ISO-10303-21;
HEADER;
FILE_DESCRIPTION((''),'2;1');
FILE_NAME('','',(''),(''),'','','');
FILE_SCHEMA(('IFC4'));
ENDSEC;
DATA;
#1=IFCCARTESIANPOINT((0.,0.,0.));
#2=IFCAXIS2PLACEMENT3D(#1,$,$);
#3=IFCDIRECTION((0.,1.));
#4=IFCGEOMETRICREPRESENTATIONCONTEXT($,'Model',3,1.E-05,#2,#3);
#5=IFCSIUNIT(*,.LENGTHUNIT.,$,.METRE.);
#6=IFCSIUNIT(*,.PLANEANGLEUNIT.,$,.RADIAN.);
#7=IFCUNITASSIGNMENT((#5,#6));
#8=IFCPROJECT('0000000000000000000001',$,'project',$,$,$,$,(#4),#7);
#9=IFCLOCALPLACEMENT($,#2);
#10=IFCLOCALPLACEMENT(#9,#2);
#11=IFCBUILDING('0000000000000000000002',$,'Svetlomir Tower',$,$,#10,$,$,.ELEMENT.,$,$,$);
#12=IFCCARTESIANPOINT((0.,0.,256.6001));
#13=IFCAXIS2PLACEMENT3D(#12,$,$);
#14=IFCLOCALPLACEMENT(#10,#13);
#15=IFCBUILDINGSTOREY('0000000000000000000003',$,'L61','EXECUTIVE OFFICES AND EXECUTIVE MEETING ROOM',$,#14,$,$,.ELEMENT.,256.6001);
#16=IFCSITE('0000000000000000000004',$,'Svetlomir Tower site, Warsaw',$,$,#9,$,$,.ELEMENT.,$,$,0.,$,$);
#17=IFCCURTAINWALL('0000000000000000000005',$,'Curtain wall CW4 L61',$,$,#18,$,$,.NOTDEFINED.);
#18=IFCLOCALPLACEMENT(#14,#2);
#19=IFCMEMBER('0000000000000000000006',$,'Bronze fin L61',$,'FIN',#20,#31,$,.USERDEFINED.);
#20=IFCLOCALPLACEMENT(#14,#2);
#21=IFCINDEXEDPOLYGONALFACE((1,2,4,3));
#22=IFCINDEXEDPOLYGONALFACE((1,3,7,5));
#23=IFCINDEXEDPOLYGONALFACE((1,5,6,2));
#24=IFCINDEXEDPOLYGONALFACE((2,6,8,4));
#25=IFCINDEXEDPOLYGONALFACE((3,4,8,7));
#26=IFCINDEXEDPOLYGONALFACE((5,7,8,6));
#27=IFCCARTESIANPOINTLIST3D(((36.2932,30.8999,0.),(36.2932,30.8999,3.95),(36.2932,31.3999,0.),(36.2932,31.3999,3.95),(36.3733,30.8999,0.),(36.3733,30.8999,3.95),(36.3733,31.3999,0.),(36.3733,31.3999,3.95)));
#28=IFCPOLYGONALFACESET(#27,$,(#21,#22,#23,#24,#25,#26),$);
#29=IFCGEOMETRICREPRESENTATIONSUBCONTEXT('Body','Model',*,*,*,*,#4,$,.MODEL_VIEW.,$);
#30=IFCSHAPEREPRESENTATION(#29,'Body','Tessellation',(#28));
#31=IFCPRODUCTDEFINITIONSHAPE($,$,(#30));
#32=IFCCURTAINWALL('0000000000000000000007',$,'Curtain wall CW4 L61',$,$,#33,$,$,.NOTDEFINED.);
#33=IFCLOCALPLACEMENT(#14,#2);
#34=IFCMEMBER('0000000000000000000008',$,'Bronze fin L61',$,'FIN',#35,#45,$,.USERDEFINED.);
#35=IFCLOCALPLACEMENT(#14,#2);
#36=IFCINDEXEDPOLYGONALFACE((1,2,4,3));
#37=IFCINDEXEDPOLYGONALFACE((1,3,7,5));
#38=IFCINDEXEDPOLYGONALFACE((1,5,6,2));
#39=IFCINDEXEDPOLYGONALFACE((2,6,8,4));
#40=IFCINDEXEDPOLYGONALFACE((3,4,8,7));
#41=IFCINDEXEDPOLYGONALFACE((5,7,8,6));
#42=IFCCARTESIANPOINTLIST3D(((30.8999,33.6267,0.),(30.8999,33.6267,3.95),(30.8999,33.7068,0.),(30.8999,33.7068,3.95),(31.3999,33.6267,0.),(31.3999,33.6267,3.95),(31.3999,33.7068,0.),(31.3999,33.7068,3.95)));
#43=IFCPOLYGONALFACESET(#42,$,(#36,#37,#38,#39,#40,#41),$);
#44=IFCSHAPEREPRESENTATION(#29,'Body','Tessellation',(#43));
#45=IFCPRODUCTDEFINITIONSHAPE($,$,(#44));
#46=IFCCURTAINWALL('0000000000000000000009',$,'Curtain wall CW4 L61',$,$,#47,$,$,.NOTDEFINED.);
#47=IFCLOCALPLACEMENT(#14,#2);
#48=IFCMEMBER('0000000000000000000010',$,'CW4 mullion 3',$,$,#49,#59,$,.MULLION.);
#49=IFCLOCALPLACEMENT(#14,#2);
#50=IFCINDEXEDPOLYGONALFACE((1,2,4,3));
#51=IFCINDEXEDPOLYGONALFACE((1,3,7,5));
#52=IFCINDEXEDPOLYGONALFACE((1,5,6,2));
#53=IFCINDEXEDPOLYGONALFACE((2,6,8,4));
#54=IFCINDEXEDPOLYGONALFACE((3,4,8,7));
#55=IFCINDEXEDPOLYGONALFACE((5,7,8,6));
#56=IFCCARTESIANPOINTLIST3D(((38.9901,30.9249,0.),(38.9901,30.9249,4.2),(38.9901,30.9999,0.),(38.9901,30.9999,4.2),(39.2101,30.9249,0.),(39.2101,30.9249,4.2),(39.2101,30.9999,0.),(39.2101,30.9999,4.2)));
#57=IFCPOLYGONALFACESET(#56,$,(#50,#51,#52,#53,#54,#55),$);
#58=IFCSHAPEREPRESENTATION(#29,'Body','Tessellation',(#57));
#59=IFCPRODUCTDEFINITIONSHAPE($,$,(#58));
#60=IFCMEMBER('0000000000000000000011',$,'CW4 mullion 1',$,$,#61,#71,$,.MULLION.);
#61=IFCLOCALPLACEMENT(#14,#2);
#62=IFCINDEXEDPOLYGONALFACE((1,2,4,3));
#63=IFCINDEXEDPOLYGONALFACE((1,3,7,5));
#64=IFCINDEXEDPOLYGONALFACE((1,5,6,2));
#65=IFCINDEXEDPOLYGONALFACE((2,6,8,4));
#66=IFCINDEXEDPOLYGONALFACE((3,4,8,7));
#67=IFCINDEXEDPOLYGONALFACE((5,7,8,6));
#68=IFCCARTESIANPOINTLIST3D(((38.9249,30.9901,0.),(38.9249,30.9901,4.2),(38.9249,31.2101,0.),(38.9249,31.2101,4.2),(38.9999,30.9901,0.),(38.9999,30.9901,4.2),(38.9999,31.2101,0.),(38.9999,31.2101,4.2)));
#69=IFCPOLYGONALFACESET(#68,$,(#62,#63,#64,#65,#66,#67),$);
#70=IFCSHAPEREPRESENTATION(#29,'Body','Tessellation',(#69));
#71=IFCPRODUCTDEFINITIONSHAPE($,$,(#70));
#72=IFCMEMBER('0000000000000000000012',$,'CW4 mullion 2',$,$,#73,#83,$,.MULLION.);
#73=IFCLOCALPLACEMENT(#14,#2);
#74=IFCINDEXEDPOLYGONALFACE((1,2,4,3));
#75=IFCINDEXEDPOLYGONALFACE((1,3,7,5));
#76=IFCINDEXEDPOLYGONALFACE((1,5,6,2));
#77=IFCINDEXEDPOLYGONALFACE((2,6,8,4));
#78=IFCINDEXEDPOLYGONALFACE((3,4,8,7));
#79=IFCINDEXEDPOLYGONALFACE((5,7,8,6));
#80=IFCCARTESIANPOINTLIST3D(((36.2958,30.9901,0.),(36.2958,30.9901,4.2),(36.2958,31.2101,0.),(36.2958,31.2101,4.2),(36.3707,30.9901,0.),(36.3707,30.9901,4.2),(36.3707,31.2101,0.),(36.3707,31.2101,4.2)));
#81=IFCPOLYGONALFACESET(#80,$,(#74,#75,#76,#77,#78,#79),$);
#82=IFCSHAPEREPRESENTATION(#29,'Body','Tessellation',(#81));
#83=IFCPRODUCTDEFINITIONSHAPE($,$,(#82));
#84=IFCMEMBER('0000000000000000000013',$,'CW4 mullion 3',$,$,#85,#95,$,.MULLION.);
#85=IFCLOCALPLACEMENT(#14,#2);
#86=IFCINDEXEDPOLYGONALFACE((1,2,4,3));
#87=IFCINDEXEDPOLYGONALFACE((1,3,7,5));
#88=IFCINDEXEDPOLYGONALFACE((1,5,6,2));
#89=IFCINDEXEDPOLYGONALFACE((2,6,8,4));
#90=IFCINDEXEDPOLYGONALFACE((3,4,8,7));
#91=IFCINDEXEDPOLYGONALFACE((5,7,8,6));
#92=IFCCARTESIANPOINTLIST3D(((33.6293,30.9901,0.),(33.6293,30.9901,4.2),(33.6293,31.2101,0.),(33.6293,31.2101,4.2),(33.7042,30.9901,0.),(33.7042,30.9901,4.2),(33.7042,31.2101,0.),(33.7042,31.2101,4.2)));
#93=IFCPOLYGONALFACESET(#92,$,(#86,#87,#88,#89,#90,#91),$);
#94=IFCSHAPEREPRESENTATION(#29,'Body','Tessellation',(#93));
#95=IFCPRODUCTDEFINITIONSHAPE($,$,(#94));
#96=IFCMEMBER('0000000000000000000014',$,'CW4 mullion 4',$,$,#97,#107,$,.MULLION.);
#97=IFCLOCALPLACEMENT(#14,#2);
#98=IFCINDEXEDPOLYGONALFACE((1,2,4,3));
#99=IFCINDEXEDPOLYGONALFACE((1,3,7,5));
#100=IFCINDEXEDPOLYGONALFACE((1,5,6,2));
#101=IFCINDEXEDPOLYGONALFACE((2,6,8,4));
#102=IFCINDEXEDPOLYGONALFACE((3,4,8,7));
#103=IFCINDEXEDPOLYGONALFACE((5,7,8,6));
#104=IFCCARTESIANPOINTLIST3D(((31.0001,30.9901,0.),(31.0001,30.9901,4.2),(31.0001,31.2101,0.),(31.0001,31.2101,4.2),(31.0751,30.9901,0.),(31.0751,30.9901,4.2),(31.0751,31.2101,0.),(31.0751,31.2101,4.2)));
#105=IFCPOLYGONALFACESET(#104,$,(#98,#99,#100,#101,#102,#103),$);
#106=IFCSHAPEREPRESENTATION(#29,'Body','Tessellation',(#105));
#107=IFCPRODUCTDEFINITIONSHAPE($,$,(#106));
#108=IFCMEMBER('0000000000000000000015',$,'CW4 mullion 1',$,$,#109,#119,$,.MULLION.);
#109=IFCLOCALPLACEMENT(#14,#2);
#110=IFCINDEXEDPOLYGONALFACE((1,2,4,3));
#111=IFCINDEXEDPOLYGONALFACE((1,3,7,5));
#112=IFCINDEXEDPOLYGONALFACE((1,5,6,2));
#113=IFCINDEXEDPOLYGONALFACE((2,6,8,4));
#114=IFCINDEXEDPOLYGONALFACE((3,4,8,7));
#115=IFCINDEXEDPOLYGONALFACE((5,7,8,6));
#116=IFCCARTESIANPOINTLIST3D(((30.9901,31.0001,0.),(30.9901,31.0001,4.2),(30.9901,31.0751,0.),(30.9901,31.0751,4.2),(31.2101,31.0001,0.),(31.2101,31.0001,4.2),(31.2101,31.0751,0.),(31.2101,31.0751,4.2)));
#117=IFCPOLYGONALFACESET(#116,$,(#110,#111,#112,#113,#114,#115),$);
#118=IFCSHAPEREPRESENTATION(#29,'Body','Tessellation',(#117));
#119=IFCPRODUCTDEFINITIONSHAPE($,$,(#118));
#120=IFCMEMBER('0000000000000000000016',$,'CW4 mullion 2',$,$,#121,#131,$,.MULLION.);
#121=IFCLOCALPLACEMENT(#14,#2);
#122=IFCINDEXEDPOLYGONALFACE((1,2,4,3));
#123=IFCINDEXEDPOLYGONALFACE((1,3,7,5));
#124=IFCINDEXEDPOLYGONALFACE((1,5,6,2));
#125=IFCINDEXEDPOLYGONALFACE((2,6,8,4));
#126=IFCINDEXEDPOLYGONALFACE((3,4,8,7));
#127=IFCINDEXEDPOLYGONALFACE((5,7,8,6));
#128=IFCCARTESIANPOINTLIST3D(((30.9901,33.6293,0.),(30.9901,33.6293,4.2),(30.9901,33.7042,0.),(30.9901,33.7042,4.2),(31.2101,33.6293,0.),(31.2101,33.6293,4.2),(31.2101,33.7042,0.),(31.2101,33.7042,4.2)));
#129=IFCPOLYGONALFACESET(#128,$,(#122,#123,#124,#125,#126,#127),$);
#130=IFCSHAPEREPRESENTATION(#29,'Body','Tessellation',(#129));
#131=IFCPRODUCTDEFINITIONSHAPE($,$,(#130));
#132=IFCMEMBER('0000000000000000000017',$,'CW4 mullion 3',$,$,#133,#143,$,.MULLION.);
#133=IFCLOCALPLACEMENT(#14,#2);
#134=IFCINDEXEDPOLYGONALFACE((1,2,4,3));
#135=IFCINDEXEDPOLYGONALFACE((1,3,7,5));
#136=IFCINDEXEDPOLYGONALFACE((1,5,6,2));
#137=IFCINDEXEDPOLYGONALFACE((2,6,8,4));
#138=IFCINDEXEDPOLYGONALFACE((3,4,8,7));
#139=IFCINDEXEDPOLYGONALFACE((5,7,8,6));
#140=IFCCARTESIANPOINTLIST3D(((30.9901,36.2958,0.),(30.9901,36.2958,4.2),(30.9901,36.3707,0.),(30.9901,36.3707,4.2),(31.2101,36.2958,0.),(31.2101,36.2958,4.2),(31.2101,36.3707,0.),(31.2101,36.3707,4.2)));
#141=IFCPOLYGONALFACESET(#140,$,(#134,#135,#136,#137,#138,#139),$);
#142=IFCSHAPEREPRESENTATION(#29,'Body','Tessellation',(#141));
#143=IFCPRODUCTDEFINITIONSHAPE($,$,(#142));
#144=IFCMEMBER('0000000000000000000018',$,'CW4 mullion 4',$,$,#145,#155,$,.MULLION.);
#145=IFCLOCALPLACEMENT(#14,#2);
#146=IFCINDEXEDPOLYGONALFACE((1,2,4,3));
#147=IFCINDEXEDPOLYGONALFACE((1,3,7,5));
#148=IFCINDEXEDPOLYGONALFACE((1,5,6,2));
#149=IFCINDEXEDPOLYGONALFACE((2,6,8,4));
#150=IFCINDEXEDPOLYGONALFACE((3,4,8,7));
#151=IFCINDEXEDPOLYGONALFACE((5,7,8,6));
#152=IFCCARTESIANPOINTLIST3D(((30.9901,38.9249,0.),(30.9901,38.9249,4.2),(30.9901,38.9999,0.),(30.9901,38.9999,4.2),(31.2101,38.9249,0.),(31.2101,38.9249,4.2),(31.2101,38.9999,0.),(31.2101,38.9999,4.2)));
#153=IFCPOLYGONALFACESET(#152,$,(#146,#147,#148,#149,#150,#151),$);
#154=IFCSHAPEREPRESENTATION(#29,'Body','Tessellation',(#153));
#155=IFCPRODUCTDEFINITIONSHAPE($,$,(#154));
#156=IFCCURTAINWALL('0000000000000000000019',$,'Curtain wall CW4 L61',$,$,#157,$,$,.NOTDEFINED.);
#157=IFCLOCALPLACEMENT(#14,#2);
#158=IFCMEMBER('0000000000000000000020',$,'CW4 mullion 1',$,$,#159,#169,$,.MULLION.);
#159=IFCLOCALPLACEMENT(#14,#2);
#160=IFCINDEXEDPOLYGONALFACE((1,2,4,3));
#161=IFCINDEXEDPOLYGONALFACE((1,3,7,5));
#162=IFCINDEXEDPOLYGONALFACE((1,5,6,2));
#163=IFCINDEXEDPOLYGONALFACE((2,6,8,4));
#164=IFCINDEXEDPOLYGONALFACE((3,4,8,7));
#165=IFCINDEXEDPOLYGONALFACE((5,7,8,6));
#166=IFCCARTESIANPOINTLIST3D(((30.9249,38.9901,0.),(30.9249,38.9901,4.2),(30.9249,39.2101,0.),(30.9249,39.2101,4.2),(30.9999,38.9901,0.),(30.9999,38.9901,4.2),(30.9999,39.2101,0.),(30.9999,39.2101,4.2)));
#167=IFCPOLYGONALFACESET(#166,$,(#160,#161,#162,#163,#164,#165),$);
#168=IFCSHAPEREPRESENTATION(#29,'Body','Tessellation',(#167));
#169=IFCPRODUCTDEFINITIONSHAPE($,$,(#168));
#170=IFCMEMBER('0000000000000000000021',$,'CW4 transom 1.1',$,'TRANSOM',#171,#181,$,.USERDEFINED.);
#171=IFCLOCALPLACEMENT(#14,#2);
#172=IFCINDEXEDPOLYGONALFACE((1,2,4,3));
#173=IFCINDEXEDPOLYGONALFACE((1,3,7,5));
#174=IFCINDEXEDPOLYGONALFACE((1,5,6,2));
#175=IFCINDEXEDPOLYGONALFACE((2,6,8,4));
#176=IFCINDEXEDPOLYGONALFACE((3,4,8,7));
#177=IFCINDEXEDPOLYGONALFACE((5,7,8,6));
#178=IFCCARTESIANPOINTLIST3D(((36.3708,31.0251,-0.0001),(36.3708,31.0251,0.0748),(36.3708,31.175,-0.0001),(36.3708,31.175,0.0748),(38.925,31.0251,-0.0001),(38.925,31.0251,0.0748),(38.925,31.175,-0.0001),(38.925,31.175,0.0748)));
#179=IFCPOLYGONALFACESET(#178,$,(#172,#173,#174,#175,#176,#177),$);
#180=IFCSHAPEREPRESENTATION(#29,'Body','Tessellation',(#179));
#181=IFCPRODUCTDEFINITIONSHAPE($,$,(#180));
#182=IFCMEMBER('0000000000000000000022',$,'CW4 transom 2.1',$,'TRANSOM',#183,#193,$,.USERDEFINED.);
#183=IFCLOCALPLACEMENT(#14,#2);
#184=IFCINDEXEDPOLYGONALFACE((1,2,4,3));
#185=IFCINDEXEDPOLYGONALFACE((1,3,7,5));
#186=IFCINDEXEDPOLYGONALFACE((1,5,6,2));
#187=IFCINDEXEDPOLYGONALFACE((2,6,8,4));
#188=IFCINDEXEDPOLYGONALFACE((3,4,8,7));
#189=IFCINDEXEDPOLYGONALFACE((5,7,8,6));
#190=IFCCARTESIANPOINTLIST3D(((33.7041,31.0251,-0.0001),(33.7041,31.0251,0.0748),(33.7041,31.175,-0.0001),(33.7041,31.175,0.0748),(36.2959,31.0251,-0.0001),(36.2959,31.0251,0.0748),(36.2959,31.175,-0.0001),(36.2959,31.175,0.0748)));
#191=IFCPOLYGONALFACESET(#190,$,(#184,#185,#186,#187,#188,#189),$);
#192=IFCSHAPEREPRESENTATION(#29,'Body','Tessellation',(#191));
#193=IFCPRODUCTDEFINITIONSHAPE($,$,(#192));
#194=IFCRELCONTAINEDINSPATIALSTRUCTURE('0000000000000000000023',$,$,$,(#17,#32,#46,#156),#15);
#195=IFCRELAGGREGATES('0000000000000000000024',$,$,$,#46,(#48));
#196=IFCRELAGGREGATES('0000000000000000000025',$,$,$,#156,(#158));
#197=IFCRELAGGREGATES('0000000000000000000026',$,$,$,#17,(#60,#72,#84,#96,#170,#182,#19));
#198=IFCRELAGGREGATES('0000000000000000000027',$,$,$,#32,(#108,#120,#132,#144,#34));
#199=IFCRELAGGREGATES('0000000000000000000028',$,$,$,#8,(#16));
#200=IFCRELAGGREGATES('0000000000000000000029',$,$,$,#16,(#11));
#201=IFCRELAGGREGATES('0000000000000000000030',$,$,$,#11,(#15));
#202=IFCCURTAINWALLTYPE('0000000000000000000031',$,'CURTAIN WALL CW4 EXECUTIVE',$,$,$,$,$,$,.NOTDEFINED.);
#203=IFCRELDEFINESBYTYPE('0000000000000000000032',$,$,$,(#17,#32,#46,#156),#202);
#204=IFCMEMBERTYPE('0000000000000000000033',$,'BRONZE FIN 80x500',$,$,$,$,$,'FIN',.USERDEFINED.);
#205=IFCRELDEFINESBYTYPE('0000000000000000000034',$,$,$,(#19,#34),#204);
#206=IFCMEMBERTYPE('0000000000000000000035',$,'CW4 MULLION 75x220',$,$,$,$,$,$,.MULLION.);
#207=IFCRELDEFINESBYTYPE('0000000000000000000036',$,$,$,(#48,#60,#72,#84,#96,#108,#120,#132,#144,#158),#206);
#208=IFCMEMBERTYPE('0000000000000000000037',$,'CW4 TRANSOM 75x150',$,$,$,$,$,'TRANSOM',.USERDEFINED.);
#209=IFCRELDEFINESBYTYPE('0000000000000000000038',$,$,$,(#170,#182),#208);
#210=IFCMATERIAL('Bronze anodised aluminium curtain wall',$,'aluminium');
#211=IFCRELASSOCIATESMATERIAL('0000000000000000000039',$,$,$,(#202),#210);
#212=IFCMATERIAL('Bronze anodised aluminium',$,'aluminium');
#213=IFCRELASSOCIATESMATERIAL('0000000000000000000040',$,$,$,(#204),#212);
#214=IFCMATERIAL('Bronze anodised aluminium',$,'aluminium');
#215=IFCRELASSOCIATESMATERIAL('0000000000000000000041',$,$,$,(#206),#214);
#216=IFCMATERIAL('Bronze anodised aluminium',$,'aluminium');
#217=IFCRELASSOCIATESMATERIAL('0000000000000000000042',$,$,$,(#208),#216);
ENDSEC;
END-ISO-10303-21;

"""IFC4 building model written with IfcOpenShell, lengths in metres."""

from ifc_helpers import new_model, si_unit, direction, frame, origin, origin_2d, place, context, subcontext, project, spatial, rectangle, extrude, material, material_profile, profile_set, type_object, element, aggregate, save


model = new_model("IFC4")

# Units and contexts
model_context = context("Model", 3, precision=1e-05, world=origin(), true_north=direction((0.0, 1.0)))
body_context = subcontext(model_context, "Body", "Model", "MODEL_VIEW")
ifc_project = project(units=[si_unit("LENGTHUNIT", "METRE"), si_unit("PLANEANGLEUNIT", "RADIAN")], contexts=[model_context])

# Site, building, storey
site_placement = place(None, origin())
site = spatial("IfcSite", under=ifc_project, at=site_placement, Name="Svetlomir Tower site, Warsaw", CompositionType="ELEMENT", RefElevation=0.0)
building_placement = place(site_placement, origin())
building = spatial("IfcBuilding", under=site, at=building_placement, Name="Svetlomir Tower", CompositionType="ELEMENT")
storey_placement = place(building_placement, frame((0.0, 0.0, 256.6001)))
storey = spatial("IfcBuildingStorey", under=building, at=storey_placement, Name="L61", Description="EXECUTIVE OFFICES AND EXECUTIVE MEETING ROOM", CompositionType="ELEMENT", Elevation=256.6001)

# Curtain walls, members
ifc_material_1 = material(Name="Bronze anodised aluminium curtain wall", Category="aluminium")
curtain_wall_type = type_object("IfcCurtainWallType", Name="CURTAIN WALL CW4 EXECUTIVE", PredefinedType="NOTDEFINED", material=ifc_material_1)
curtain_wall_1_placement = place(storey_placement, origin())
curtain_wall_1 = element("IfcCurtainWall", 1, at=curtain_wall_1_placement, inside=storey, type_object=curtain_wall_type, Name="Curtain wall CW4 L61", PredefinedType="NOTDEFINED")
ifc_material_2 = material(Name="Bronze anodised aluminium", Category="aluminium")
ifc_material_profile_1 = material_profile(ifc_material_2, rectangle(XDim=0.0801, YDim=0.5, at=origin_2d()), Name="FIN 80x500")
ifc_profile_set_1 = profile_set([ifc_material_profile_1], Name="Bronze anodised aluminium 6063-T6")
member_type_1 = type_object("IfcMemberType", Name="BRONZE FIN 80x500", ElementType="FIN", PredefinedType="USERDEFINED", material=ifc_profile_set_1)
member_1_placement = place(storey_placement, frame((36.3333, 31.1499, 0.0), z_axis=(0.0, 0.0, 1.0), x_axis=(1.0, 0.0, 0.0)))
member_1 = element("IfcMember", 2, at=member_1_placement, type_object=member_type_1, Name="Bronze fin L61", ObjectType="FIN", PredefinedType="USERDEFINED", context=body_context, shape_type="SweptSolid", body=[
    extrude(rectangle(XDim=0.0801, YDim=0.5, at=origin_2d()), origin(), (0.0, 0.0, 1.0), 3.95),
])
curtain_wall_2_placement = place(storey_placement, origin())
curtain_wall_2 = element("IfcCurtainWall", 3, at=curtain_wall_2_placement, inside=storey, type_object=curtain_wall_type, Name="Curtain wall CW4 L61", PredefinedType="NOTDEFINED")
member_2_placement = place(storey_placement, frame((31.1499, 33.6667, 0.0), z_axis=(0.0, 0.0, 1.0), x_axis=(0.0, 1.0, 0.0)))
member_2 = element("IfcMember", 4, at=member_2_placement, type_object=member_type_1, Name="Bronze fin L61", ObjectType="FIN", PredefinedType="USERDEFINED", context=body_context, shape_type="SweptSolid", body=[
    extrude(rectangle(XDim=0.0801, YDim=0.5, at=origin_2d()), origin(), (0.0, 0.0, 1.0), 3.95),
])
curtain_wall_3_placement = place(storey_placement, origin())
curtain_wall_3 = element("IfcCurtainWall", 5, at=curtain_wall_3_placement, inside=storey, type_object=curtain_wall_type, Name="Curtain wall CW4 L61", PredefinedType="NOTDEFINED")
ifc_material_3 = material(Name="Bronze anodised aluminium", Category="aluminium")
ifc_material_profile_2 = material_profile(ifc_material_3, rectangle(XDim=0.075, YDim=0.22, at=origin_2d()), Name="AL 75x220")
ifc_profile_set_2 = profile_set([ifc_material_profile_2], Name="Bronze anodised aluminium 6063-T6")
member_type_2 = type_object("IfcMemberType", Name="CW4 MULLION 75x220", PredefinedType="MULLION", material=ifc_profile_set_2)
member_3_placement = place(storey_placement, frame((39.1001, 30.9624, 0.0), z_axis=(0.0, 0.0, 1.0), x_axis=(0.0, 1.0, 0.0)))
member_3 = element("IfcMember", 6, at=member_3_placement, type_object=member_type_2, Name="CW4 mullion 3", PredefinedType="MULLION", context=body_context, shape_type="SweptSolid", body=[
    extrude(rectangle(XDim=0.075, YDim=0.22, at=origin_2d()), origin(), (0.0, 0.0, 1.0), 4.2),
])
aggregate(curtain_wall_3, [member_3])

# Members
member_4_placement = place(storey_placement, frame((38.9624, 31.1001, 0.0), z_axis=(0.0, 0.0, 1.0), x_axis=(-1.0, 0.0, 0.0)))
member_4 = element("IfcMember", 7, at=member_4_placement, type_object=member_type_2, Name="CW4 mullion 1", PredefinedType="MULLION", context=body_context, shape_type="SweptSolid", body=[
    extrude(rectangle(XDim=0.075, YDim=0.22, at=origin_2d()), origin(), (0.0, 0.0, 1.0), 4.2),
])
member_5_placement = place(storey_placement, frame((36.3333, 31.1001, 0.0), z_axis=(0.0, 0.0, 1.0), x_axis=(-1.0, 0.0, 0.0)))
member_5 = element("IfcMember", 8, at=member_5_placement, type_object=member_type_2, Name="CW4 mullion 2", PredefinedType="MULLION", context=body_context, shape_type="SweptSolid", body=[
    extrude(rectangle(XDim=0.075, YDim=0.22, at=origin_2d()), origin(), (0.0, 0.0, 1.0), 4.2),
])
member_6_placement = place(storey_placement, frame((33.6667, 31.1001, 0.0), z_axis=(0.0, 0.0, 1.0), x_axis=(-1.0, 0.0, 0.0)))
member_6 = element("IfcMember", 9, at=member_6_placement, type_object=member_type_2, Name="CW4 mullion 3", PredefinedType="MULLION", context=body_context, shape_type="SweptSolid", body=[
    extrude(rectangle(XDim=0.075, YDim=0.22, at=origin_2d()), origin(), (0.0, 0.0, 1.0), 4.2),
])
member_7_placement = place(storey_placement, frame((31.0376, 31.1001, 0.0), z_axis=(0.0, 0.0, 1.0), x_axis=(-1.0, 0.0, 0.0)))
member_7 = element("IfcMember", 10, at=member_7_placement, type_object=member_type_2, Name="CW4 mullion 4", PredefinedType="MULLION", context=body_context, shape_type="SweptSolid", body=[
    extrude(rectangle(XDim=0.075, YDim=0.22, at=origin_2d()), origin(), (0.0, 0.0, 1.0), 4.2),
])
member_8_placement = place(storey_placement, frame((31.1001, 31.0376, 0.0), z_axis=(0.0, 0.0, 1.0), x_axis=(0.0, 1.0, 0.0)))
member_8 = element("IfcMember", 11, at=member_8_placement, type_object=member_type_2, Name="CW4 mullion 1", PredefinedType="MULLION", context=body_context, shape_type="SweptSolid", body=[
    extrude(rectangle(XDim=0.075, YDim=0.22, at=origin_2d()), origin(), (0.0, 0.0, 1.0), 4.2),
])
member_9_placement = place(storey_placement, frame((31.1001, 33.6667, 0.0), z_axis=(0.0, 0.0, 1.0), x_axis=(0.0, 1.0, 0.0)))
member_9 = element("IfcMember", 12, at=member_9_placement, type_object=member_type_2, Name="CW4 mullion 2", PredefinedType="MULLION", context=body_context, shape_type="SweptSolid", body=[
    extrude(rectangle(XDim=0.075, YDim=0.22, at=origin_2d()), origin(), (0.0, 0.0, 1.0), 4.2),
])
member_10_placement = place(storey_placement, frame((31.1001, 36.3333, 0.0), z_axis=(0.0, 0.0, 1.0), x_axis=(0.0, 1.0, 0.0)))
member_10 = element("IfcMember", 13, at=member_10_placement, type_object=member_type_2, Name="CW4 mullion 3", PredefinedType="MULLION", context=body_context, shape_type="SweptSolid", body=[
    extrude(rectangle(XDim=0.075, YDim=0.22, at=origin_2d()), origin(), (0.0, 0.0, 1.0), 4.2),
])
member_11_placement = place(storey_placement, frame((31.1001, 38.9624, 0.0), z_axis=(0.0, 0.0, 1.0), x_axis=(0.0, 1.0, 0.0)))
member_11 = element("IfcMember", 14, at=member_11_placement, type_object=member_type_2, Name="CW4 mullion 4", PredefinedType="MULLION", context=body_context, shape_type="SweptSolid", body=[
    extrude(rectangle(XDim=0.075, YDim=0.22, at=origin_2d()), origin(), (0.0, 0.0, 1.0), 4.2),
])

# Curtain wall, member
curtain_wall_4_placement = place(storey_placement, origin())
curtain_wall_4 = element("IfcCurtainWall", 15, at=curtain_wall_4_placement, inside=storey, type_object=curtain_wall_type, Name="Curtain wall CW4 L61", PredefinedType="NOTDEFINED")
member_12_placement = place(storey_placement, frame((30.9624, 39.1001, 0.0), z_axis=(0.0, 0.0, 1.0), x_axis=(-1.0, 0.0, 0.0)))
member_12 = element("IfcMember", 16, at=member_12_placement, type_object=member_type_2, Name="CW4 mullion 1", PredefinedType="MULLION", context=body_context, shape_type="SweptSolid", body=[
    extrude(rectangle(XDim=0.075, YDim=0.22, at=origin_2d()), origin(), (0.0, 0.0, 1.0), 4.2),
])

# Members
ifc_material_4 = material(Name="Bronze anodised aluminium", Category="aluminium")
ifc_material_profile_3 = material_profile(ifc_material_4, rectangle(XDim=0.1499, YDim=0.075, at=origin_2d()), Name="AL 150x75")
ifc_profile_set_3 = profile_set([ifc_material_profile_3], Name="Bronze anodised aluminium 6063-T6")
member_type_3 = type_object("IfcMemberType", Name="CW4 TRANSOM 75x150", ElementType="TRANSOM", PredefinedType="USERDEFINED", material=ifc_profile_set_3)
member_13_placement = place(storey_placement, frame((38.925, 31.1001, 0.0374), z_axis=(-1.0, 0.0, 0.0), x_axis=(0.0, -1.0, 0.0)))
member_13 = element("IfcMember", 17, at=member_13_placement, type_object=member_type_3, Name="CW4 transom 1.1", ObjectType="TRANSOM", PredefinedType="USERDEFINED", context=body_context, shape_type="SweptSolid", body=[
    extrude(rectangle(XDim=0.1499, YDim=0.075, at=origin_2d()), origin(), (0.0, 0.0, 1.0), 2.5542),
])
member_14_placement = place(storey_placement, frame((36.2959, 31.1001, 0.0374), z_axis=(-1.0, 0.0, 0.0), x_axis=(0.0, -1.0, 0.0)))
member_14 = element("IfcMember", 18, at=member_14_placement, type_object=member_type_3, Name="CW4 transom 2.1", ObjectType="TRANSOM", PredefinedType="USERDEFINED", context=body_context, shape_type="SweptSolid", body=[
    extrude(rectangle(XDim=0.1499, YDim=0.075, at=origin_2d()), origin(), (0.0, 0.0, 1.0), 2.5918),
])
aggregate(curtain_wall_4, [member_12])

aggregate(curtain_wall_1, [member_4, member_5, member_6, member_7, member_13, member_14, member_1])
aggregate(curtain_wall_2, [member_8, member_9, member_10, member_11, member_2])

save(model, "model.ifc")
